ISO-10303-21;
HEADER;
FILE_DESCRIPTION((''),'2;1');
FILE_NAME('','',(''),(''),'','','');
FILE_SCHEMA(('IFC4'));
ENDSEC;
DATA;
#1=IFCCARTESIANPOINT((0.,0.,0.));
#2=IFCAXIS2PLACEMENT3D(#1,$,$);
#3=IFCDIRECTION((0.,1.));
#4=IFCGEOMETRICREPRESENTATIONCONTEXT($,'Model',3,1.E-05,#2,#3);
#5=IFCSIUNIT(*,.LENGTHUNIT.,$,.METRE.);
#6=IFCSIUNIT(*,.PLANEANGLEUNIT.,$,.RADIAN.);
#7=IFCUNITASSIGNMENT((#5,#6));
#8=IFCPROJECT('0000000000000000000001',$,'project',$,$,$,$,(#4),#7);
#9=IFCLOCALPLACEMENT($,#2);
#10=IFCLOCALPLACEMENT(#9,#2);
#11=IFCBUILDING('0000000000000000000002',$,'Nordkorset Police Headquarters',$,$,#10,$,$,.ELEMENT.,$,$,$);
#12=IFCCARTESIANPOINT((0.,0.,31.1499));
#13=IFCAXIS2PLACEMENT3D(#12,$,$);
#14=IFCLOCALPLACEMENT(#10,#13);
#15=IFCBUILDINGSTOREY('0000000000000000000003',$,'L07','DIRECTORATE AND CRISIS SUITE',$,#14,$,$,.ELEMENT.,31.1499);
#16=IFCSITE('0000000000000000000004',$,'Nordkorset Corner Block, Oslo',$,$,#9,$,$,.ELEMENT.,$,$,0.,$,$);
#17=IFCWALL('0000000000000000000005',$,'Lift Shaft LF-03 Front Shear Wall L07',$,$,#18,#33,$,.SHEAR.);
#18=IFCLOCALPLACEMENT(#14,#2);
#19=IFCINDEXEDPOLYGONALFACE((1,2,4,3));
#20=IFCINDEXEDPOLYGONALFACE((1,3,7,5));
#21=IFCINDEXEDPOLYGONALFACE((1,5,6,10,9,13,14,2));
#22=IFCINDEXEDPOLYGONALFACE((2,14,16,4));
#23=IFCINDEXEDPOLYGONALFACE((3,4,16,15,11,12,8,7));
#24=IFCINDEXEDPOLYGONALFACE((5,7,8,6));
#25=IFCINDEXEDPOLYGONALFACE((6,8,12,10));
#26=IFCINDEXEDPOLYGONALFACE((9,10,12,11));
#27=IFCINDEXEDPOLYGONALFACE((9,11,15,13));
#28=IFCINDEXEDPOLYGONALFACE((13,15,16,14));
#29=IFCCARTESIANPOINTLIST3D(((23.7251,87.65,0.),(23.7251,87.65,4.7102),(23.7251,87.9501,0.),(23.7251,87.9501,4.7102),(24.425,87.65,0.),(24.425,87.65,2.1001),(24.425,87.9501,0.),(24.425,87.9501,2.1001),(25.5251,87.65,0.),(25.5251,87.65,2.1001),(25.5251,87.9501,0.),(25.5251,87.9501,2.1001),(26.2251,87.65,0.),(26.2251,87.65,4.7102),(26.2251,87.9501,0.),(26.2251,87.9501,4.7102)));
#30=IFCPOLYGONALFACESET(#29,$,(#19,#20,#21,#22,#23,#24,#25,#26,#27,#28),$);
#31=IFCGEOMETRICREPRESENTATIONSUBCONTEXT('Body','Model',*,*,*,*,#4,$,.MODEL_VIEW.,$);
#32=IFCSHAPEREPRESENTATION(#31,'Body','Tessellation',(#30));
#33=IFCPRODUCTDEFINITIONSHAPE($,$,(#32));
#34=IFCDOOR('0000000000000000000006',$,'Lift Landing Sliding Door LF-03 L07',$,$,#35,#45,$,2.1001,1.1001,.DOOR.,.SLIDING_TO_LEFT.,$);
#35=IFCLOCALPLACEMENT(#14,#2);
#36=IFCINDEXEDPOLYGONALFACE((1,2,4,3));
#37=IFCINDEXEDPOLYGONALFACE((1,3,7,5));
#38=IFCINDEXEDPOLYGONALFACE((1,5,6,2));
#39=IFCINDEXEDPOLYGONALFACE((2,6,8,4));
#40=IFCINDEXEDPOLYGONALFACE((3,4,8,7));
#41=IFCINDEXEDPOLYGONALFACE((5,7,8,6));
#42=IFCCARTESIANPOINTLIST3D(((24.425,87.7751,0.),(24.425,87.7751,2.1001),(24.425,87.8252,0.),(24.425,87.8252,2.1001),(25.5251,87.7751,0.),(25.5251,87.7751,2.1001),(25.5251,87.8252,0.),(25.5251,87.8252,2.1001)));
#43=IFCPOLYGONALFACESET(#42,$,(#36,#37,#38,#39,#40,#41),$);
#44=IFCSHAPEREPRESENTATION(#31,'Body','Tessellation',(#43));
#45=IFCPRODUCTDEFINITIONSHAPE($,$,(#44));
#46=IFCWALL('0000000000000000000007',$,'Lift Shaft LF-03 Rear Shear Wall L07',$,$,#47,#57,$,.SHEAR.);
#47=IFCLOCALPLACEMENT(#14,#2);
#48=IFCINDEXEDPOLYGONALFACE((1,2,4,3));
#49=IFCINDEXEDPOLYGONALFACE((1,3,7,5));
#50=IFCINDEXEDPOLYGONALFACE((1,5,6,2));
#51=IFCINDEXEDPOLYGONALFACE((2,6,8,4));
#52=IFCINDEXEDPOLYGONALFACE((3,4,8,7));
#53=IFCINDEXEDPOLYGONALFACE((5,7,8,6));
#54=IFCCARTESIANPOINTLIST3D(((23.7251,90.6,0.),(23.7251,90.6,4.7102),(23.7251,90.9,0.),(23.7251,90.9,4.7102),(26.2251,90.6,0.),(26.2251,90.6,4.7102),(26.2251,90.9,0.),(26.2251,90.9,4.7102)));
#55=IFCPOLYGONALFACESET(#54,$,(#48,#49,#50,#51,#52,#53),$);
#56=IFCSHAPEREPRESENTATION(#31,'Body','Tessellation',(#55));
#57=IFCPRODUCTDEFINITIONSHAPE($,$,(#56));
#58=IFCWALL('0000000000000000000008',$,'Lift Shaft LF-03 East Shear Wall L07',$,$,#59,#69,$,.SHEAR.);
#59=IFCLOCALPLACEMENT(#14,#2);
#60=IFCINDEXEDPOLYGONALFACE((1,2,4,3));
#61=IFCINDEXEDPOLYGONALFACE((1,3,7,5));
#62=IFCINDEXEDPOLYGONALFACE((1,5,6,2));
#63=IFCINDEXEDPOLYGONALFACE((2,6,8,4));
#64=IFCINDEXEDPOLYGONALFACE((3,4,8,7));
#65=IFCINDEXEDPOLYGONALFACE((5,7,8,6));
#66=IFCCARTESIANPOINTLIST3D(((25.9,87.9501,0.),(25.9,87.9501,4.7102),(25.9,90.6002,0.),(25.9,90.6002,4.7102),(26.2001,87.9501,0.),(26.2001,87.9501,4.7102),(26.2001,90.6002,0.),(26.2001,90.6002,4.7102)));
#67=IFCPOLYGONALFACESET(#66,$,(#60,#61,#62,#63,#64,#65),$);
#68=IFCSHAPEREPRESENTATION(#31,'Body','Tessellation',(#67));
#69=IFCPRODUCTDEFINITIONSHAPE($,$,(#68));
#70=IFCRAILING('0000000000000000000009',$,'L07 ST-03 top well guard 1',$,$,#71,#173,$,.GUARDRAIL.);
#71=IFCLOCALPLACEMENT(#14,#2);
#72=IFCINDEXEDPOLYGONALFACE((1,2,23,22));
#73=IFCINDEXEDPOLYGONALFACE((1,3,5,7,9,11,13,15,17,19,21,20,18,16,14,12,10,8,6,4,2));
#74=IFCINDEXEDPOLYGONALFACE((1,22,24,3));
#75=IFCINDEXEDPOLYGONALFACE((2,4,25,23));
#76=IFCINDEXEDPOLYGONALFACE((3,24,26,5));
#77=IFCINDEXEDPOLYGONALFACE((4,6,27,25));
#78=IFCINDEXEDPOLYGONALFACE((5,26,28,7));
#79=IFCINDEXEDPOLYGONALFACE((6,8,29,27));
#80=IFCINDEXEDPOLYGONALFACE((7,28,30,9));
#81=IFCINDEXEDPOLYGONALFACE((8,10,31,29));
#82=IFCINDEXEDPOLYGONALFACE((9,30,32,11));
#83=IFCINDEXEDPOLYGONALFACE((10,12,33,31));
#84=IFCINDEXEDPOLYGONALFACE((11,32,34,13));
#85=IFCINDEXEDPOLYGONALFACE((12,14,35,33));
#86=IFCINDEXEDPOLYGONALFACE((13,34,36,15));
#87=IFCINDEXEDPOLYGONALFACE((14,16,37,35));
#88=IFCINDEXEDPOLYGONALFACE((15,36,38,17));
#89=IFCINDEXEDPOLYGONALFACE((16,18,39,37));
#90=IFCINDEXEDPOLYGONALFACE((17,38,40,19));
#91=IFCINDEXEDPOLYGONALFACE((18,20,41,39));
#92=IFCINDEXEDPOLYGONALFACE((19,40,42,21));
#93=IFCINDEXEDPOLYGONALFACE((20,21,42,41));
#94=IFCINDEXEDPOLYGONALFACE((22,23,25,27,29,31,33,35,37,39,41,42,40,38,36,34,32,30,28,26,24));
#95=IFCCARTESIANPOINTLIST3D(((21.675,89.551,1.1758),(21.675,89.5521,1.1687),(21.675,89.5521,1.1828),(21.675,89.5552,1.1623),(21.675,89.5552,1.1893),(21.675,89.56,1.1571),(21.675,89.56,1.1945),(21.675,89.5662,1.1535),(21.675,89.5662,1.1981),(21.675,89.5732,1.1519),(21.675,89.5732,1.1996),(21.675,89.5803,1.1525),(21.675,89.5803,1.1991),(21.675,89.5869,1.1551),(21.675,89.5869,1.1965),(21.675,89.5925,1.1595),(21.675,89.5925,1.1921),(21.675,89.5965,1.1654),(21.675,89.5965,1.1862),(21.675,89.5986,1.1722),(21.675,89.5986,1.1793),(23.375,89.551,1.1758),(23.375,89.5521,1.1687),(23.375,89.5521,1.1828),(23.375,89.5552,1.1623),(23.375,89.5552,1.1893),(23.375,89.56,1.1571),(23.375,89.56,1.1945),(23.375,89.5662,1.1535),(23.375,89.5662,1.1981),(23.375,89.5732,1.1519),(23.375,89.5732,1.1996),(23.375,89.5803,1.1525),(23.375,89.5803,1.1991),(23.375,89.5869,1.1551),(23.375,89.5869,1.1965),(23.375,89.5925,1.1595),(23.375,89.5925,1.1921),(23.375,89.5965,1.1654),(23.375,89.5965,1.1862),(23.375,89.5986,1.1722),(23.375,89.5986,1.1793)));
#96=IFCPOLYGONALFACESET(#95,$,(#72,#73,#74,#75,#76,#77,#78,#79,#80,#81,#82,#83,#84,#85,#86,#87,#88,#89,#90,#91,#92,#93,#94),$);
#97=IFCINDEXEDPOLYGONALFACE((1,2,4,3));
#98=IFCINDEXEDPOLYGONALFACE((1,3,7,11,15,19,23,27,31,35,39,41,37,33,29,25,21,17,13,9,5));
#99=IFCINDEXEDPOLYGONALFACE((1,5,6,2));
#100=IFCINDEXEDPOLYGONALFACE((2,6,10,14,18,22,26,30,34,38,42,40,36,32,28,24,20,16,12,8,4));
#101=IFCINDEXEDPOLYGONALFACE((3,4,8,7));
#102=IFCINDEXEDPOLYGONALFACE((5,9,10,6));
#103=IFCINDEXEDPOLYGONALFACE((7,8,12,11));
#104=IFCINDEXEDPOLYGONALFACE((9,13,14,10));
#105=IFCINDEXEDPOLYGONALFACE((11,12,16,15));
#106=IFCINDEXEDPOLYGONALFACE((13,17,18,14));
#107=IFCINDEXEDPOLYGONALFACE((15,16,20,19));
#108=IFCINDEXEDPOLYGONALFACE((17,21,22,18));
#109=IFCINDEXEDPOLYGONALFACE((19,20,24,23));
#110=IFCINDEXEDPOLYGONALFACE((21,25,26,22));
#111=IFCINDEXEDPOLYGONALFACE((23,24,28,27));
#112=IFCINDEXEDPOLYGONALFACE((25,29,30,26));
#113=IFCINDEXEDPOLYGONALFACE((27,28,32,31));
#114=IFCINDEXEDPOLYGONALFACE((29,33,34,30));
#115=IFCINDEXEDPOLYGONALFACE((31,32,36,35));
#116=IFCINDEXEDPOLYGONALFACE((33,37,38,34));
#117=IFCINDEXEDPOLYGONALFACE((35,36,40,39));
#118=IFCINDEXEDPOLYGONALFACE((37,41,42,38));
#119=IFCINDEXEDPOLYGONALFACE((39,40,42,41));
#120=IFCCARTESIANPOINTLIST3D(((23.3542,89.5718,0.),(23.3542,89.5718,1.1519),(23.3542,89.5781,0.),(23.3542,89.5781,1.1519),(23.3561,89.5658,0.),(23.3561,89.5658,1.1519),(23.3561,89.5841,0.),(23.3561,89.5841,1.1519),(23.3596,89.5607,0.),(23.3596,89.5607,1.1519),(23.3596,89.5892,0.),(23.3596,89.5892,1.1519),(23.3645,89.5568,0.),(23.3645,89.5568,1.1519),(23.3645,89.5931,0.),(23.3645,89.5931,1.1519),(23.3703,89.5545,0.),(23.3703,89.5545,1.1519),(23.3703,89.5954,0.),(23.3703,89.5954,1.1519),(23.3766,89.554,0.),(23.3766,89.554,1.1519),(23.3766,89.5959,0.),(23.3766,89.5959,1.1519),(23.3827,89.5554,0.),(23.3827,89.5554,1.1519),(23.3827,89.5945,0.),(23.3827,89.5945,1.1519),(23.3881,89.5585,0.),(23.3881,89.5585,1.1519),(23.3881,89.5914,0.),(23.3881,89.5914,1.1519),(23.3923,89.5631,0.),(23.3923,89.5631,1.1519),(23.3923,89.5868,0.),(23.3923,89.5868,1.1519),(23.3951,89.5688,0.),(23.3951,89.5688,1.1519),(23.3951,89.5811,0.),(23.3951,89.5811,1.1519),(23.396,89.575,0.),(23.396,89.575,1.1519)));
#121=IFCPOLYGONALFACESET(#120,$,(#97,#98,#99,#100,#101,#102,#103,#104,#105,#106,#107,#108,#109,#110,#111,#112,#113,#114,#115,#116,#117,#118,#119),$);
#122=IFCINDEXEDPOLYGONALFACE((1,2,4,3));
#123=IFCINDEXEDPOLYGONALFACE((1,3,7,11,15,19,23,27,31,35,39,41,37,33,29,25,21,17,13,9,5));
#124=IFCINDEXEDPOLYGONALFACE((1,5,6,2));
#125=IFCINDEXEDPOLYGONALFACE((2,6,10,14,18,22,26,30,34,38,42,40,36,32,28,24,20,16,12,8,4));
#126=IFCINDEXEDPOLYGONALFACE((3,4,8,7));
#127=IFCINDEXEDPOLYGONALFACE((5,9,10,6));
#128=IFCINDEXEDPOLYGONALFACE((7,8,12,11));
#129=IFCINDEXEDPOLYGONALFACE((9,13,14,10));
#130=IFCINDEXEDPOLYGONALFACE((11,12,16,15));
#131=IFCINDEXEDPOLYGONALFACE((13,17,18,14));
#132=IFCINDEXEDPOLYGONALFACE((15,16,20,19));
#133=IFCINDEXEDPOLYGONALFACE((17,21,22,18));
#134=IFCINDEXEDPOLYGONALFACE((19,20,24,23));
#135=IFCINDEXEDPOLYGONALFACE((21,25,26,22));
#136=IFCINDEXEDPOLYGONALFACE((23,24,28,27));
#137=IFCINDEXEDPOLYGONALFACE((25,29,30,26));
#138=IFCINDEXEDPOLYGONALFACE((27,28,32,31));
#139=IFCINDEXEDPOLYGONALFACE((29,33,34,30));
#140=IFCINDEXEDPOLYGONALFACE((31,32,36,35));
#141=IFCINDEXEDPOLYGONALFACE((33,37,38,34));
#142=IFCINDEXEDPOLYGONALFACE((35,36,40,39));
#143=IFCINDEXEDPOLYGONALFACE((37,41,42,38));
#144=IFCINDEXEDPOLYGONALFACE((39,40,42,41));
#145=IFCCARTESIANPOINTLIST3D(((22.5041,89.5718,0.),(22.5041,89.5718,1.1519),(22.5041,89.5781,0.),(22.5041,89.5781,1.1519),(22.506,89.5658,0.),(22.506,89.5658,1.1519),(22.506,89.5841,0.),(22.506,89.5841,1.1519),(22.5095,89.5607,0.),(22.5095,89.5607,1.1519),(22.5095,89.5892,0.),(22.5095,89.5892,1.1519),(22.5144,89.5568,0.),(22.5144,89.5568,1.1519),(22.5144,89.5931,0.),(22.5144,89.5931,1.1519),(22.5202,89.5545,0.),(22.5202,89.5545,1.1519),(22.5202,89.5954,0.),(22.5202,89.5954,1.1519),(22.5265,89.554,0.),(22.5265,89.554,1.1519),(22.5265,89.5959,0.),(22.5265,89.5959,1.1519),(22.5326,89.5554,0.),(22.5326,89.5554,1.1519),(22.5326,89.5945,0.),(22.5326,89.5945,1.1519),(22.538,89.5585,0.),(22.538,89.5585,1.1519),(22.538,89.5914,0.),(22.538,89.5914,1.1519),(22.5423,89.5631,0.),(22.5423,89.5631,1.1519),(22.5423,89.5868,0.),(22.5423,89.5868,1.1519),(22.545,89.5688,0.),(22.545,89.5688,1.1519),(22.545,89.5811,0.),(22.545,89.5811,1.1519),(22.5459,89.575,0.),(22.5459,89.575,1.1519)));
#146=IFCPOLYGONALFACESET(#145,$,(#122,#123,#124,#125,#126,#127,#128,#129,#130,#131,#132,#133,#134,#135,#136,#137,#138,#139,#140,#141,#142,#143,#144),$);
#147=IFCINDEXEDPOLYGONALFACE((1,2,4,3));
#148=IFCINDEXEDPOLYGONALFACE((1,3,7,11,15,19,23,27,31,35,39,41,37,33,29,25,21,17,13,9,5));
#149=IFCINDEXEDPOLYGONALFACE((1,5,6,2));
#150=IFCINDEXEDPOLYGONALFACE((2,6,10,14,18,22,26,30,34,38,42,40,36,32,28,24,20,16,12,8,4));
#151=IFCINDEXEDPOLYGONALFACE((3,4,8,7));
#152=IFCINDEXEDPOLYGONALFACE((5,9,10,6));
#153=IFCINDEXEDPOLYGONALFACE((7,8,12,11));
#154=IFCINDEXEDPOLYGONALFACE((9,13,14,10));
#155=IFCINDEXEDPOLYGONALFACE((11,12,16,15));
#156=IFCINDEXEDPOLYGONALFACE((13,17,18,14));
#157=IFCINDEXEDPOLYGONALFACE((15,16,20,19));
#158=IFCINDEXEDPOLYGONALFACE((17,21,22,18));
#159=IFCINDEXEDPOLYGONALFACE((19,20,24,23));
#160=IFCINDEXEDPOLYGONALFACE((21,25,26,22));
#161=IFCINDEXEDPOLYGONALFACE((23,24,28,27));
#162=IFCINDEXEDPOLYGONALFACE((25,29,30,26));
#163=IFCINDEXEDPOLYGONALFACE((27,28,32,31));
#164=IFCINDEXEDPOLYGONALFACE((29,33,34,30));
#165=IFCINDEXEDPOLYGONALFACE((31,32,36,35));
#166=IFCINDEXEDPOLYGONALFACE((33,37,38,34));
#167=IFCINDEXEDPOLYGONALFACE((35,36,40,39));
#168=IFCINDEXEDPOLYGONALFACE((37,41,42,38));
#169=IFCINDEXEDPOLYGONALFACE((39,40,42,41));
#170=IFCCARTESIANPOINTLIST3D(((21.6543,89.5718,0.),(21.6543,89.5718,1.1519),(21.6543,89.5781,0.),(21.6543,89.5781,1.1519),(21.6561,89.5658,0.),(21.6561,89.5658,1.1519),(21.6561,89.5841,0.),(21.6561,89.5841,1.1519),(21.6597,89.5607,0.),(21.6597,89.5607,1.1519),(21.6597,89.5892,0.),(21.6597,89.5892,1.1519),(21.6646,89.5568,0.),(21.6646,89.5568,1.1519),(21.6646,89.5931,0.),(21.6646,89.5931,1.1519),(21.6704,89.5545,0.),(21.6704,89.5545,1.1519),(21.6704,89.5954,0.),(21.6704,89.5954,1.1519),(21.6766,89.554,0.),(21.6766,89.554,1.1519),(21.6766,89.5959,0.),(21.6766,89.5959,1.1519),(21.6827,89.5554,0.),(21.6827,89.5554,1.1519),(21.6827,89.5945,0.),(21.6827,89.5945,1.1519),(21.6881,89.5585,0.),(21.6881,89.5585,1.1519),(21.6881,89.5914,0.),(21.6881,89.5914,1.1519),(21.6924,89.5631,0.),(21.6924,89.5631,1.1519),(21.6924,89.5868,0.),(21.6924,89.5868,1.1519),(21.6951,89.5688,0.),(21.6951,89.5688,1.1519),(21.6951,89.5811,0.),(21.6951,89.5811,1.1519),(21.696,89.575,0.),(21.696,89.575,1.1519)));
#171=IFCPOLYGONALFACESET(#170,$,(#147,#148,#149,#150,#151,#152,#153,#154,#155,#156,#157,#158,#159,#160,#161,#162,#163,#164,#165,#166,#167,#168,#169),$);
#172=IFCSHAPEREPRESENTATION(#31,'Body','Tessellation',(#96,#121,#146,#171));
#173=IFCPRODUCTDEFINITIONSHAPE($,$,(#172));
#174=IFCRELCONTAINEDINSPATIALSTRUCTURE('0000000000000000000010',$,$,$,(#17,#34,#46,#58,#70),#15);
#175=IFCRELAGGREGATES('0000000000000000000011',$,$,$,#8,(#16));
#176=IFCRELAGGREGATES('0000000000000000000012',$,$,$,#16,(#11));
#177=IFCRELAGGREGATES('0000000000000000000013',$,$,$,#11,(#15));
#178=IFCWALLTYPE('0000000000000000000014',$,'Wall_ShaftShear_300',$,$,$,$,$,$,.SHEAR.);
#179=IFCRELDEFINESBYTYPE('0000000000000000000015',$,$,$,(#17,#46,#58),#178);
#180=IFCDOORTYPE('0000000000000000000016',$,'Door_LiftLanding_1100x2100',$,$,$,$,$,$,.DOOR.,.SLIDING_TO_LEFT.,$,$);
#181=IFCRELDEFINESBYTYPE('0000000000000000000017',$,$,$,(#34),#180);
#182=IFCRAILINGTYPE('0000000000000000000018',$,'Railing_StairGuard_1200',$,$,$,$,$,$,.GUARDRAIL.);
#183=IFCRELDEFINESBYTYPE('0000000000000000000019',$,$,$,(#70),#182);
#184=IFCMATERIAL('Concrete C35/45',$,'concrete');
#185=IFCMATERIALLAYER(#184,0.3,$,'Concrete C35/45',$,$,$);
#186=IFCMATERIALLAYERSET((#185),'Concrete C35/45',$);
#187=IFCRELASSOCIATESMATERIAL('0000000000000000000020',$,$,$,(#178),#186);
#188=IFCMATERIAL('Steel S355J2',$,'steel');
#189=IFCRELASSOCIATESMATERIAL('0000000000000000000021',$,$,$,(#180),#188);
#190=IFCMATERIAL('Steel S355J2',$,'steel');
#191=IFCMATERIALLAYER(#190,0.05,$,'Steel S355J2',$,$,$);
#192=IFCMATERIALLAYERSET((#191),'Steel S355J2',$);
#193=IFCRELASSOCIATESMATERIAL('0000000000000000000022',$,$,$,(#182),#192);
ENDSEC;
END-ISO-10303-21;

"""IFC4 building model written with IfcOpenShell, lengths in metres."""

from ifc_helpers import new_model, si_unit, direction, frame, frame_2d, origin, origin_2d, place, context, subcontext, project, spatial, rectangle, circle, extrude, material, layer, layer_set, type_object, element, fill, save


model = new_model("IFC4")

# Units and contexts
model_context = context("Model", 3, precision=1e-05, world=origin(), true_north=direction((0.0, 1.0)))
body_context = subcontext(model_context, "Body", "Model", "MODEL_VIEW")
ifc_project = project(units=[si_unit("LENGTHUNIT", "METRE"), si_unit("PLANEANGLEUNIT", "RADIAN")], contexts=[model_context])

# Site, building, storey
site_placement = place(None, origin())
site = spatial("IfcSite", under=ifc_project, at=site_placement, Name="Nordkorset Corner Block, Oslo", CompositionType="ELEMENT", RefElevation=0.0)
building_placement = place(site_placement, origin())
building = spatial("IfcBuilding", under=site, at=building_placement, Name="Nordkorset Police Headquarters", CompositionType="ELEMENT")
storey_placement = place(building_placement, frame((0.0, 0.0, 31.1499)))
storey = spatial("IfcBuildingStorey", under=building, at=storey_placement, Name="L07", Description="DIRECTORATE AND CRISIS SUITE", CompositionType="ELEMENT", Elevation=31.1499)

# Wall, opening, door
ifc_material_1 = material(Name="Concrete C35/45", Category="concrete")
ifc_layer_1 = layer(ifc_material_1, 0.3, Name="Concrete C35/45")
ifc_layer_set_1 = layer_set([ifc_layer_1], Name="Concrete C35/45")
wall_type_1 = type_object("IfcWallType", Name="Wall_ShaftShear_300", PredefinedType="SHEAR", material=ifc_layer_set_1)
wall_1_placement = place(storey_placement, frame((23.7251, 87.8, 0.0), z_axis=(0.0, 0.0, 1.0), x_axis=(1.0, 0.0, 0.0)))
wall_1 = element("IfcWall", 1, at=wall_1_placement, inside=storey, type_object=wall_type_1, Name="Lift Shaft LF-03 Front Shear Wall L07", PredefinedType="SHEAR", context=body_context, shape_type="SweptSolid", body=[
    extrude(rectangle(XDim=2.5, YDim=0.3, at=frame_2d((1.25, 0.0))), origin(), (0.0, 0.0, 1.0), 4.7102),
])
opening_placement = place(wall_1_placement, frame((0.7, 0.0, 0.0)))
opening = element("IfcOpeningElement", 2, at=opening_placement, cuts=wall_1, PredefinedType="OPENING", context=body_context, shape_type="SweptSolid", body=[
    extrude(rectangle(XDim=1.1001, YDim=2.1001, at=frame_2d((0.55, 1.05))), frame((0.0, 0.1602, 0.0), z_axis=(0.0, -1.0, 0.0), x_axis=(1.0, 0.0, 0.0)), (0.0, 0.0, 1.0), 0.3201),
])
ifc_material_2 = material(Name="Steel S355J2", Category="steel")
door_type = type_object("IfcDoorType", Name="Door_LiftLanding_1100x2100", OperationType="SLIDING_TO_LEFT", PredefinedType="DOOR", material=ifc_material_2)
door_placement = place(opening_placement, frame((1.1001, 0.0, 0.0), z_axis=(0.0, 0.0, 1.0), x_axis=(-1.0, 0.0, 0.0)))
door = element("IfcDoor", 3, at=door_placement, inside=storey, type_object=door_type, Name="Lift Landing Sliding Door LF-03 L07", OperationType="SLIDING_TO_LEFT", OverallHeight=2.1001, OverallWidth=1.1001, PredefinedType="DOOR", context=body_context, shape_type="SweptSolid", body=[
    extrude(rectangle(XDim=1.1001, YDim=2.1001, at=frame_2d((0.55, 1.05))), frame((0.0, 0.0249, 0.0), z_axis=(0.0, -1.0, 0.0), x_axis=(1.0, 0.0, 0.0)), (0.0, 0.0, 1.0), 0.05),
])
fill(opening, door)

# Walls
wall_2_placement = place(storey_placement, frame((23.7251, 90.75, 0.0), z_axis=(0.0, 0.0, 1.0), x_axis=(1.0, 0.0, 0.0)))
element("IfcWall", 4, at=wall_2_placement, inside=storey, type_object=wall_type_1, Name="Lift Shaft LF-03 Rear Shear Wall L07", PredefinedType="SHEAR", context=body_context, shape_type="SweptSolid", body=[
    extrude(rectangle(XDim=2.5, YDim=0.3, at=frame_2d((1.25, 0.0))), origin(), (0.0, 0.0, 1.0), 4.7102),
])
wall_3_placement = place(storey_placement, frame((26.05, 87.95, 0.0), z_axis=(0.0, 0.0, 1.0), x_axis=(0.0, 1.0, 0.0)))
element("IfcWall", 5, at=wall_3_placement, inside=storey, type_object=wall_type_1, Name="Lift Shaft LF-03 East Shear Wall L07", PredefinedType="SHEAR", context=body_context, shape_type="SweptSolid", body=[
    extrude(rectangle(XDim=2.6501, YDim=0.3, at=frame_2d((1.3252, 0.0))), origin(), (0.0, 0.0, 1.0), 4.7102),
])

# Railing
ifc_material_3 = material(Name="Steel S355J2", Category="steel")
ifc_layer_2 = layer(ifc_material_3, 0.05, Name="Steel S355J2")
ifc_layer_set_2 = layer_set([ifc_layer_2], Name="Steel S355J2")
railing_type = type_object("IfcRailingType", Name="Railing_StairGuard_1200", PredefinedType="GUARDRAIL", material=ifc_layer_set_2)
railing_placement = place(storey_placement, frame((23.375, 89.575, 0.0)))
element("IfcRailing", 6, at=railing_placement, inside=storey, type_object=railing_type, Name="L07 ST-03 top well guard 1", PredefinedType="GUARDRAIL", context=body_context, shape_type="SweptSolid", body=[
    extrude(circle(Radius=0.0239, at=origin_2d()), frame((0.0, 0.0, 1.1758), z_axis=(-1.0, 0.0, 0.0), x_axis=(0.0, -1.0, 0.0)), (0.0, 0.0, 1.0), 1.7),
    extrude(circle(Radius=0.021, at=origin_2d()), origin(), (0.0, 0.0, 1.0), 1.1519),
    extrude(circle(Radius=0.021, at=origin_2d()), frame((-0.8501, 0.0, 0.0)), (0.0, 0.0, 1.0), 1.1519),
    extrude(circle(Radius=0.021, at=origin_2d()), frame((-1.7, 0.0, 0.0)), (0.0, 0.0, 1.0), 1.1519),
])

save(model, "model.ifc")
